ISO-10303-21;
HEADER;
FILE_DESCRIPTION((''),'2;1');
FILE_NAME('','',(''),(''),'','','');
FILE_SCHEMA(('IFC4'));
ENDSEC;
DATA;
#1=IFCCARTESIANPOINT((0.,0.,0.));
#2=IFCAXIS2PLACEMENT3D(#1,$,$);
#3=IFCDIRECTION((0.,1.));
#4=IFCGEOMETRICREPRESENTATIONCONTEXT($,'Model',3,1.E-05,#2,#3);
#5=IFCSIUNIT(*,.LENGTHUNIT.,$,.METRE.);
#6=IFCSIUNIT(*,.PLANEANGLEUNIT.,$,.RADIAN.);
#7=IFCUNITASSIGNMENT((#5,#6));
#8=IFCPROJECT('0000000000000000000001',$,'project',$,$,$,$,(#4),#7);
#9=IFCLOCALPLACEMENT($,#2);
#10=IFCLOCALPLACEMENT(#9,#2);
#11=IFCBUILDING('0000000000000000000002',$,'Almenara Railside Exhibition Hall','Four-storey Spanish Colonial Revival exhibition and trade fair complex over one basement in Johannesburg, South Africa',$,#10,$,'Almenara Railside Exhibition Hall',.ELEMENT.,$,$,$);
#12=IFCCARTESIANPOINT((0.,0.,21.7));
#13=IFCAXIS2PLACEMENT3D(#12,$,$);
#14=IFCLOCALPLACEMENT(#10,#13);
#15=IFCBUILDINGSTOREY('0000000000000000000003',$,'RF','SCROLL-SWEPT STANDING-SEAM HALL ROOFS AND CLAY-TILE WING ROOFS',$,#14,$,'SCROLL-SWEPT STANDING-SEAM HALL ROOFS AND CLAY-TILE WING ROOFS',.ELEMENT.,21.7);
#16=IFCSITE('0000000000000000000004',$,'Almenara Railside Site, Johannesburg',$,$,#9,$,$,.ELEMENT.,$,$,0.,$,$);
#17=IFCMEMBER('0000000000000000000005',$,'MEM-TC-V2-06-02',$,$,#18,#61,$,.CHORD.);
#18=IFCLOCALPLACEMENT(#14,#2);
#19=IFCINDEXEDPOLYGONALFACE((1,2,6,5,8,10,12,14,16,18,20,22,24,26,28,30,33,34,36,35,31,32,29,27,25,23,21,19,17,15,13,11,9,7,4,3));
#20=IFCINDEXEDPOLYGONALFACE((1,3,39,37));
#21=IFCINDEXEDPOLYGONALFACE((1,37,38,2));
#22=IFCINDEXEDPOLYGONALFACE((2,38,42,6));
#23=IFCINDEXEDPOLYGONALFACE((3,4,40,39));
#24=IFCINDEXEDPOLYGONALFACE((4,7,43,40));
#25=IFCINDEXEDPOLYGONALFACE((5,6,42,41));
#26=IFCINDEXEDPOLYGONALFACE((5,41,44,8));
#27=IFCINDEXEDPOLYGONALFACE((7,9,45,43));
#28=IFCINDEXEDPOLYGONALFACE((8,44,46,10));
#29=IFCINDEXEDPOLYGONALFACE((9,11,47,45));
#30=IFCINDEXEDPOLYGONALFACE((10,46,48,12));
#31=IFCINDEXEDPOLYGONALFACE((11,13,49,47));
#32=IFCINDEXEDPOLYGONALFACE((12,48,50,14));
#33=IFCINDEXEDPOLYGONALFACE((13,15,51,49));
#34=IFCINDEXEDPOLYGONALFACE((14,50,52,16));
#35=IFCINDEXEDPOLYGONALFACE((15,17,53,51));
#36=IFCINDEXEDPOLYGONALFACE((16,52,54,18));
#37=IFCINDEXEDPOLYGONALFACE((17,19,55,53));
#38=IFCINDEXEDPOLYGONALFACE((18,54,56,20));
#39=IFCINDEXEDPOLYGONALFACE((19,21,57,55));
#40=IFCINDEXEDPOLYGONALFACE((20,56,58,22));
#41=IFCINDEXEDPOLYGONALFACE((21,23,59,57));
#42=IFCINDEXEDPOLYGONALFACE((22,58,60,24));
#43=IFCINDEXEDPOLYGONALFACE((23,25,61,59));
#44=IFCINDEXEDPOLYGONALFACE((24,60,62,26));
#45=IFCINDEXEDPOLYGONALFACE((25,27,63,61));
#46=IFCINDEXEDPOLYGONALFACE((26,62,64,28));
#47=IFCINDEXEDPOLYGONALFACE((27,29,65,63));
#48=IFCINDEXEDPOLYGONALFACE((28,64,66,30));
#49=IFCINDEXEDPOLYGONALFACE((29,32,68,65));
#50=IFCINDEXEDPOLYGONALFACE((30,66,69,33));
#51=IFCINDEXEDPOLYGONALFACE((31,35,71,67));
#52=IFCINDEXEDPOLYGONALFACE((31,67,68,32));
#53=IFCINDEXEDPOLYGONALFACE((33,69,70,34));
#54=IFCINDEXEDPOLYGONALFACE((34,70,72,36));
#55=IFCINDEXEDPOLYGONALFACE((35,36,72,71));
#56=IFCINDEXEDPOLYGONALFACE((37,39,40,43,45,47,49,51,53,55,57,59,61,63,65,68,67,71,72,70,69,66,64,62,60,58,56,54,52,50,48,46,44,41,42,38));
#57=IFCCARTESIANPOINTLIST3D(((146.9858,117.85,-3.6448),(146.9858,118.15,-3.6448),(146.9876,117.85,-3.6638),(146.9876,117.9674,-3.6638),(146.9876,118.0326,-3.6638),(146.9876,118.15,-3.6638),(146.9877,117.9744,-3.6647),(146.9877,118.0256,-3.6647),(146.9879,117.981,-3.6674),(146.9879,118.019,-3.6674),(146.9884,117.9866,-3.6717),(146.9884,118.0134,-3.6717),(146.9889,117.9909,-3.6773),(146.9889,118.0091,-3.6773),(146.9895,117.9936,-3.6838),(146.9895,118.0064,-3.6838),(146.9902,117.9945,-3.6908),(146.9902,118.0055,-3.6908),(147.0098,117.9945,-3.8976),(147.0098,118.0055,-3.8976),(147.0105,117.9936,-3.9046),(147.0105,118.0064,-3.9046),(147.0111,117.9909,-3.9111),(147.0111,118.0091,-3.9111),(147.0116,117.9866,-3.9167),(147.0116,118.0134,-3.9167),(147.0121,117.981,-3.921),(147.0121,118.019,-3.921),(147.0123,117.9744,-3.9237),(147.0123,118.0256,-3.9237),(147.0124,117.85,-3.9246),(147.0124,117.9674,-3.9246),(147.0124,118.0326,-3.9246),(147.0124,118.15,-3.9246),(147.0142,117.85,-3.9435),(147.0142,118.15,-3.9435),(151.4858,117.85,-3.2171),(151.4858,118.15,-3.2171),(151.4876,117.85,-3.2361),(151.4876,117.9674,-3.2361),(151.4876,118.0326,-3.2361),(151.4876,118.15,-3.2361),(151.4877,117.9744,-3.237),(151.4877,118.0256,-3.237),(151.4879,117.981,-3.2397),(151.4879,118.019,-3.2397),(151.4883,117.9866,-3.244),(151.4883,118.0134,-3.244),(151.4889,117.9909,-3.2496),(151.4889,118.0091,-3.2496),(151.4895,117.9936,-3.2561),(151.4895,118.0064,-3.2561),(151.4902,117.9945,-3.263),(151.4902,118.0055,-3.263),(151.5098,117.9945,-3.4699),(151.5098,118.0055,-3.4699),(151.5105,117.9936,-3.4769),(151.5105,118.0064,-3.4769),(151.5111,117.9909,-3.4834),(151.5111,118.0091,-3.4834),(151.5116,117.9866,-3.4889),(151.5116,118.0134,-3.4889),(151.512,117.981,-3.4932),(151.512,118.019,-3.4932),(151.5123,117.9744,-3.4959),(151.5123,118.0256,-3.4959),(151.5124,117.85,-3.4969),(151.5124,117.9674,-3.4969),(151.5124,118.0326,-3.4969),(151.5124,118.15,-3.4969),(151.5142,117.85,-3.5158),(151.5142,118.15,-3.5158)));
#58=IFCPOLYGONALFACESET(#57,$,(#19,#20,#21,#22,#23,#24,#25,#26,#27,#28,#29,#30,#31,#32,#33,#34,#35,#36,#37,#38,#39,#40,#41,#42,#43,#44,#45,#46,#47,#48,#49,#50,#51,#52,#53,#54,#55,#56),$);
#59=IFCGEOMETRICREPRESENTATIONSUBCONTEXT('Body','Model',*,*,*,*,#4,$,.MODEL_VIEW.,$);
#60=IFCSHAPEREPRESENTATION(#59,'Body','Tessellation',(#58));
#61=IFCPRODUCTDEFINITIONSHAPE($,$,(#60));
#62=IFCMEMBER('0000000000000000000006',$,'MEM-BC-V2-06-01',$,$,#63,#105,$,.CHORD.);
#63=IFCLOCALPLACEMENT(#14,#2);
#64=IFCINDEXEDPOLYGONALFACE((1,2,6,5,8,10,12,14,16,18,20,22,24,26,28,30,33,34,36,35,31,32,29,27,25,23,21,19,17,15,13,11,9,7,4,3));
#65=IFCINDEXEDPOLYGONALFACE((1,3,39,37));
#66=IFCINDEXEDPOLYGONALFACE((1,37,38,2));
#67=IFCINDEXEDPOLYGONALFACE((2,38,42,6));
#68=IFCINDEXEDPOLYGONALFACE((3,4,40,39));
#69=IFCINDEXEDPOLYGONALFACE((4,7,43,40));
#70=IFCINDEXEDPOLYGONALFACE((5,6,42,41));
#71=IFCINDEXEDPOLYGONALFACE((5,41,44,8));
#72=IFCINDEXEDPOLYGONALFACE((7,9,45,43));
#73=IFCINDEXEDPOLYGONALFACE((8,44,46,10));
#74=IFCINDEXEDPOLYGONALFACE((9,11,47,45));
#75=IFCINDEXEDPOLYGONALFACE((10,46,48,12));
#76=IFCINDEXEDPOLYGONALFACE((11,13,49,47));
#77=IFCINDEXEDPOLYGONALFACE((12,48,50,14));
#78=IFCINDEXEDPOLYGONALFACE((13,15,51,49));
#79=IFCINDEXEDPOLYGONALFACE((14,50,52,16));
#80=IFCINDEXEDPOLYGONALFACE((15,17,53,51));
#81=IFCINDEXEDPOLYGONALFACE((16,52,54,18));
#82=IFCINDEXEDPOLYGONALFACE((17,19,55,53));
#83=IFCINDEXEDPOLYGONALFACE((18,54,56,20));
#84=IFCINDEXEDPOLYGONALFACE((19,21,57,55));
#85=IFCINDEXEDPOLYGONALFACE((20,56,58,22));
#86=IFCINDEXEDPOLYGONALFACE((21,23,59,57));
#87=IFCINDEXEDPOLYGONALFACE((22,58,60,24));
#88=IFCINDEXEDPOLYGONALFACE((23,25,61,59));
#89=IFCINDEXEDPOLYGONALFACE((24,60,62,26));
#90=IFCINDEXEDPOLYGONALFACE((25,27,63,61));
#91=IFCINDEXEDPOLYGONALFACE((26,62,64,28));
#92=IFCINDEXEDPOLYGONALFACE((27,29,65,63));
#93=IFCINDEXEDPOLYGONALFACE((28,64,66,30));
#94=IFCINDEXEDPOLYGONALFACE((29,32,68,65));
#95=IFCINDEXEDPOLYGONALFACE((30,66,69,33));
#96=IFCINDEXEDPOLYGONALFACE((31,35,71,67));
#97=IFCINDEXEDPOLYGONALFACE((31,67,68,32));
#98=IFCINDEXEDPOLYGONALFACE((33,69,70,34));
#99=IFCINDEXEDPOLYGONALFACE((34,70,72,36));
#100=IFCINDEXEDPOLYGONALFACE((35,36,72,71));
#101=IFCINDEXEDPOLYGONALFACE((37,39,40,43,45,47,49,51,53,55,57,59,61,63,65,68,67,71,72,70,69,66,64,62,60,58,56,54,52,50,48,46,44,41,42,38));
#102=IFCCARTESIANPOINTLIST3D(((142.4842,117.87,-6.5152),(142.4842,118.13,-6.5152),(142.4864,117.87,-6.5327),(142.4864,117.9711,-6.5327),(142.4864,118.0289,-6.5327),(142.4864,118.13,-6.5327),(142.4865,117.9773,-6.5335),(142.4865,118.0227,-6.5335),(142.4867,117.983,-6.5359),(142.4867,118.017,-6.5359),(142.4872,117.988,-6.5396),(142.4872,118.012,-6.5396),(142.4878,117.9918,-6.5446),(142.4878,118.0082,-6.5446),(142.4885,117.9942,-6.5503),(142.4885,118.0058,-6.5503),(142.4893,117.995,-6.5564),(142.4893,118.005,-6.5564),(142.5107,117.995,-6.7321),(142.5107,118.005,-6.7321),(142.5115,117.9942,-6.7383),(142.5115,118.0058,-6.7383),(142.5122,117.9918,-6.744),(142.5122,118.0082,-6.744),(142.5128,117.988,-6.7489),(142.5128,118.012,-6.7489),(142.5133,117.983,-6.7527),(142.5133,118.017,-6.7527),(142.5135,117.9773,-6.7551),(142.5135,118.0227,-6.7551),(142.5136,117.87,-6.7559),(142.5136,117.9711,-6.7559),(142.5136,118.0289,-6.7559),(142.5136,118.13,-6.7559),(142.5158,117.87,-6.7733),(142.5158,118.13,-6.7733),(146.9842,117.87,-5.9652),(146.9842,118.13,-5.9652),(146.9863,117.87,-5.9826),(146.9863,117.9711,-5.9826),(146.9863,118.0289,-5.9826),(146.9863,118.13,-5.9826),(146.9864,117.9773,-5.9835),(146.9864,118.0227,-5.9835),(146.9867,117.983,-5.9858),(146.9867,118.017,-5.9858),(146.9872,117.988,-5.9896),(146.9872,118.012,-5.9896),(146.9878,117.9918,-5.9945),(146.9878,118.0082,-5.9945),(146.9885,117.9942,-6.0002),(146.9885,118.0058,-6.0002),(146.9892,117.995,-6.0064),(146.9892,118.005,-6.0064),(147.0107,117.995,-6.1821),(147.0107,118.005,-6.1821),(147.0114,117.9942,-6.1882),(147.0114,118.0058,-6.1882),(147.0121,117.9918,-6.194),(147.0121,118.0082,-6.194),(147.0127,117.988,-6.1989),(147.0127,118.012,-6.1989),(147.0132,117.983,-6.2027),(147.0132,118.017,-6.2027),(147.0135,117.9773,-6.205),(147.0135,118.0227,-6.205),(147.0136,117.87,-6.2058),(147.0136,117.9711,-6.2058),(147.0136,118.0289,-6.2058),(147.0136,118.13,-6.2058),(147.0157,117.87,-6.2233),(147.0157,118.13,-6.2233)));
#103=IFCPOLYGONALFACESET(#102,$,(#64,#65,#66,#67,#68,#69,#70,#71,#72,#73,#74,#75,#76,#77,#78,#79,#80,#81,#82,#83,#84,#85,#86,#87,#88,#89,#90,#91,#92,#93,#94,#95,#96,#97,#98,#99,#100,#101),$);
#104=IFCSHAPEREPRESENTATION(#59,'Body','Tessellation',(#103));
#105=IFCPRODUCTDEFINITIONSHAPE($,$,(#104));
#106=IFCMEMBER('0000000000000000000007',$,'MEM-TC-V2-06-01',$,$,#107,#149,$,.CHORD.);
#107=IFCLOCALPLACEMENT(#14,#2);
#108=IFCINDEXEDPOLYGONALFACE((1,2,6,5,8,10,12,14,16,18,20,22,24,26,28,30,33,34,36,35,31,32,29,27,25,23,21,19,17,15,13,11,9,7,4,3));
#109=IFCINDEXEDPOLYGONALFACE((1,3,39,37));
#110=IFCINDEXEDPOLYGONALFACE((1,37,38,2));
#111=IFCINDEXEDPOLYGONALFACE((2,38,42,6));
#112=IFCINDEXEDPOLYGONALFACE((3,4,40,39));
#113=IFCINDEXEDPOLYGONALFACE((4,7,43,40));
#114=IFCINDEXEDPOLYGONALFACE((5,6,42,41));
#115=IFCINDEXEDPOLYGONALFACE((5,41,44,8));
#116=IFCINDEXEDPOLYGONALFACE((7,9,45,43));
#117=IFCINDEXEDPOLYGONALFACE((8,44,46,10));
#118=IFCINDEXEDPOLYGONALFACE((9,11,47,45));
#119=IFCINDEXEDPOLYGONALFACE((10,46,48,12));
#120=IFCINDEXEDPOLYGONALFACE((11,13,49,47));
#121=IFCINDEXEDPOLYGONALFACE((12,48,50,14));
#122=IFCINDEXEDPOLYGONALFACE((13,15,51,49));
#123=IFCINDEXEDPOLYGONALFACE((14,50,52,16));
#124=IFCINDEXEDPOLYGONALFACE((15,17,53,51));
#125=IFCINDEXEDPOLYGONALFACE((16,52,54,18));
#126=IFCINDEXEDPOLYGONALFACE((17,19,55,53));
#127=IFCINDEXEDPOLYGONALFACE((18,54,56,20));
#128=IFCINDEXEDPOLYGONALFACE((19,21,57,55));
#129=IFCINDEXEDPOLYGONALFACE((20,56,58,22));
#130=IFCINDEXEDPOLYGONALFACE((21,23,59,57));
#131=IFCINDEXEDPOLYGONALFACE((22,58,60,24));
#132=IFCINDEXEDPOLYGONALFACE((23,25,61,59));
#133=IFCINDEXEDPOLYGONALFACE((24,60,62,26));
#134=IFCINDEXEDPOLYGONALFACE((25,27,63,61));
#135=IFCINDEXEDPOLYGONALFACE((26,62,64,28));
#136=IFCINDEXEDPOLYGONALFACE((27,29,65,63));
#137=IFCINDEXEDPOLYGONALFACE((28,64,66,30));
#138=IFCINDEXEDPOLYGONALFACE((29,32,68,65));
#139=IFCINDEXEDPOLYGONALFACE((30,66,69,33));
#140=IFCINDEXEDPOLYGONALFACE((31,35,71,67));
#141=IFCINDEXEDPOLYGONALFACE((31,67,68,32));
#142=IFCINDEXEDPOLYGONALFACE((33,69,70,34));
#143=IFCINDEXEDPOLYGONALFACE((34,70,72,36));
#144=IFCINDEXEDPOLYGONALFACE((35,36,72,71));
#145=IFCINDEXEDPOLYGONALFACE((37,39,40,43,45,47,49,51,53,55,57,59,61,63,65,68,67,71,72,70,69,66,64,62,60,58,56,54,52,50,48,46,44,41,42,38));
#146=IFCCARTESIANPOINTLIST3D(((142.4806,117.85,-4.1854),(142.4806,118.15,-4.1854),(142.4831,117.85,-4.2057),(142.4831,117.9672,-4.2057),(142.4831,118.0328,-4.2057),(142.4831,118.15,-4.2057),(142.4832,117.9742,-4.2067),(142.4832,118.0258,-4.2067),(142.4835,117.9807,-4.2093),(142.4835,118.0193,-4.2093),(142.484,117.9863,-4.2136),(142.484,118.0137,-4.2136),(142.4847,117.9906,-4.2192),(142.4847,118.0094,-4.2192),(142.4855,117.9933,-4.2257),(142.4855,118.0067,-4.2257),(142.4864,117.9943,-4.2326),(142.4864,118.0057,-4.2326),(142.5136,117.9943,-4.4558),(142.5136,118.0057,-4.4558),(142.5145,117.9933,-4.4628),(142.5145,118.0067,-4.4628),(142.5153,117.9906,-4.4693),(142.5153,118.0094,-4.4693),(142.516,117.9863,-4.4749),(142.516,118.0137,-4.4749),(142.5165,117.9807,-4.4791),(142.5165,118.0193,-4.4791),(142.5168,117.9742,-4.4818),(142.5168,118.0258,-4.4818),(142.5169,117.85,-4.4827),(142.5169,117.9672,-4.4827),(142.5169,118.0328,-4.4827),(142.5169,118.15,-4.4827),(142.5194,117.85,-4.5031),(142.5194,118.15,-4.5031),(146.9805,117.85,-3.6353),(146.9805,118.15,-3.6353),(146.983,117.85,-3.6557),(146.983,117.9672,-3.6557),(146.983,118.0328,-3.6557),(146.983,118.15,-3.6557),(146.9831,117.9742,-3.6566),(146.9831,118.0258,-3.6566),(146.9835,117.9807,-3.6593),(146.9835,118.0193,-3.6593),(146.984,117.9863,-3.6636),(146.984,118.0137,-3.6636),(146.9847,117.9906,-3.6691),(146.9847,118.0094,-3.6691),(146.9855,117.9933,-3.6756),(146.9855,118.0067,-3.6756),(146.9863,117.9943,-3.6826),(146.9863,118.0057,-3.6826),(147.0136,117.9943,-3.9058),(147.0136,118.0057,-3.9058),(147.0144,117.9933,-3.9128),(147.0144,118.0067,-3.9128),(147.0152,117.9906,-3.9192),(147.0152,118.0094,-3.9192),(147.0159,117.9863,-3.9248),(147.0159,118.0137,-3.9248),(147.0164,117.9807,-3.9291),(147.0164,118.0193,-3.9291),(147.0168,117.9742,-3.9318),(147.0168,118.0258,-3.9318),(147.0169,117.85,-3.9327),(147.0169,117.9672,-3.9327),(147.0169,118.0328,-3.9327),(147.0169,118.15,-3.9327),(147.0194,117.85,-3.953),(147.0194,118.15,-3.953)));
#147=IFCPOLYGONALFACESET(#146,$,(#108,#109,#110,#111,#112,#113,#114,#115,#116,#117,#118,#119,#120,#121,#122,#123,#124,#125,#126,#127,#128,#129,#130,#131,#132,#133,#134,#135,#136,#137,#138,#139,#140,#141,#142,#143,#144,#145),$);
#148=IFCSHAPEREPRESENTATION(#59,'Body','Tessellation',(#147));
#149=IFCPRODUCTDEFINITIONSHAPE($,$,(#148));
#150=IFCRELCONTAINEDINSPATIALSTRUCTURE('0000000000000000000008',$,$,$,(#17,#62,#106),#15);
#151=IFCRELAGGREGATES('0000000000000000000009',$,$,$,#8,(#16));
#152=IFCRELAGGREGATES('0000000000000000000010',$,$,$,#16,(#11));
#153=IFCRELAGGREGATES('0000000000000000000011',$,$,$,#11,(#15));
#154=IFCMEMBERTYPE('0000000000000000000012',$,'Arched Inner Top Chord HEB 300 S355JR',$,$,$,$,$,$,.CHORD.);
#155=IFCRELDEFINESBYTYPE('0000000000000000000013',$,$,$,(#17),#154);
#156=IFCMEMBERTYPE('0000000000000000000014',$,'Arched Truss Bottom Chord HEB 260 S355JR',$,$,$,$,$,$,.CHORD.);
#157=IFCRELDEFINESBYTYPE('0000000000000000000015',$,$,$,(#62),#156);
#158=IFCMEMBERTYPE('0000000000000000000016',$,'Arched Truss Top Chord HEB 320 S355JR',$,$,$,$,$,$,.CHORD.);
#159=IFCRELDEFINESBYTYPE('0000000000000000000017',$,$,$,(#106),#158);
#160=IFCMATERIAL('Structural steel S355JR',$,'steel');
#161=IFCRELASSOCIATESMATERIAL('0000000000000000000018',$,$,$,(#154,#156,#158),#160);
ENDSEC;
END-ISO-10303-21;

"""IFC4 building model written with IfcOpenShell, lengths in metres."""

from ifc_helpers import new_model, si_unit, direction, frame, origin, origin_2d, place, context, subcontext, project, spatial, i_section, extrude, material, material_profile, profile_set, type_object, element, save


model = new_model("IFC4")

# Units and contexts
model_context = context("Model", 3, precision=1e-05, world=origin(), true_north=direction((0.0, 1.0)))
body_context = subcontext(model_context, "Body", "Model", "MODEL_VIEW")
ifc_project = project(units=[si_unit("LENGTHUNIT", "METRE"), si_unit("PLANEANGLEUNIT", "RADIAN")], contexts=[model_context])

# Site, building, storey
site_placement = place(None, origin())
site = spatial("IfcSite", under=ifc_project, at=site_placement, Name="Almenara Railside Site, Johannesburg", CompositionType="ELEMENT", RefElevation=0.0)
building_placement = place(site_placement, origin())
building = spatial("IfcBuilding", under=site, at=building_placement, Name="Almenara Railside Exhibition Hall", Description="Four-storey Spanish Colonial Revival exhibition and trade fair complex over one basement in Johannesburg, South Africa", LongName="Almenara Railside Exhibition Hall", CompositionType="ELEMENT")
storey_placement = place(building_placement, frame((0.0, 0.0, 21.7)))
storey = spatial("IfcBuildingStorey", under=building, at=storey_placement, Name="RF", Description="SCROLL-SWEPT STANDING-SEAM HALL ROOFS AND CLAY-TILE WING ROOFS", LongName="SCROLL-SWEPT STANDING-SEAM HALL ROOFS AND CLAY-TILE WING ROOFS", CompositionType="ELEMENT", Elevation=21.7)

# Shared definitions
ifc_material_1 = material(Name="Structural steel S355JR", Category="steel")

# Members
ifc_material_profile_1 = material_profile(ifc_material_1, i_section(OverallWidth=0.3, OverallDepth=0.3, WebThickness=0.011, FlangeThickness=0.019, FilletRadius=0.0271, at=origin_2d()), Name="HEB 300")
ifc_profile_set_1 = profile_set([ifc_material_profile_1], Name="Structural steel S355JR")
member_type_1 = type_object("IfcMemberType", Name="Arched Inner Top Chord HEB 300 S355JR", PredefinedType="CHORD", material=ifc_profile_set_1)
member_1_placement = place(storey_placement, frame((147.0, 118.0, -3.7942), z_axis=(0.995513, 0.0, 0.094626), x_axis=(0.0, 1.0, 0.0)))
element("IfcMember", 1, at=member_1_placement, inside=storey, type_object=member_type_1, Name="MEM-TC-V2-06-02", PredefinedType="CHORD", context=body_context, shape_type="SweptSolid", body=[
    extrude(i_section(OverallWidth=0.3, OverallDepth=0.3, WebThickness=0.011, FlangeThickness=0.019, FilletRadius=0.0271, at=origin_2d()), origin(), (0.0, 0.0, 1.0), 4.5203),
])
ifc_material_profile_2 = material_profile(ifc_material_1, i_section(OverallWidth=0.26, OverallDepth=0.26, WebThickness=0.01, FlangeThickness=0.0176, FilletRadius=0.0239, at=origin_2d()), Name="HEB 260")
ifc_profile_set_2 = profile_set([ifc_material_profile_2], Name="Structural steel S355JR")
member_type_2 = type_object("IfcMemberType", Name="Arched Truss Bottom Chord HEB 260 S355JR", PredefinedType="CHORD", material=ifc_profile_set_2)
member_2_placement = place(storey_placement, frame((142.5, 118.0, -6.6443), z_axis=(0.992612, 0.0, 0.12133), x_axis=(0.0, 1.0, 0.0)))
element("IfcMember", 2, at=member_2_placement, inside=storey, type_object=member_type_2, Name="MEM-BC-V2-06-01", PredefinedType="CHORD", context=body_context, shape_type="SweptSolid", body=[
    extrude(i_section(OverallWidth=0.26, OverallDepth=0.26, WebThickness=0.01, FlangeThickness=0.0176, FilletRadius=0.0239, at=origin_2d()), origin(), (0.0, 0.0, 1.0), 4.5334),
])
ifc_material_profile_3 = material_profile(ifc_material_1, i_section(OverallWidth=0.3, OverallDepth=0.3201, WebThickness=0.0115, FlangeThickness=0.0205, FilletRadius=0.0271, at=origin_2d()), Name="HEB 320")
ifc_profile_set_3 = profile_set([ifc_material_profile_3], Name="Structural steel S355JR")
member_type_3 = type_object("IfcMemberType", Name="Arched Truss Top Chord HEB 320 S355JR", PredefinedType="CHORD", material=ifc_profile_set_3)
member_3_placement = place(storey_placement, frame((142.5, 118.0, -4.3442), z_axis=(0.992612, 0.0, 0.12133), x_axis=(0.0, 1.0, 0.0)))
element("IfcMember", 3, at=member_3_placement, inside=storey, type_object=member_type_3, Name="MEM-TC-V2-06-01", PredefinedType="CHORD", context=body_context, shape_type="SweptSolid", body=[
    extrude(i_section(OverallWidth=0.3, OverallDepth=0.3201, WebThickness=0.0115, FlangeThickness=0.0205, FilletRadius=0.0271, at=origin_2d()), origin(), (0.0, 0.0, 1.0), 4.5334),
])

save(model, "model.ifc")
